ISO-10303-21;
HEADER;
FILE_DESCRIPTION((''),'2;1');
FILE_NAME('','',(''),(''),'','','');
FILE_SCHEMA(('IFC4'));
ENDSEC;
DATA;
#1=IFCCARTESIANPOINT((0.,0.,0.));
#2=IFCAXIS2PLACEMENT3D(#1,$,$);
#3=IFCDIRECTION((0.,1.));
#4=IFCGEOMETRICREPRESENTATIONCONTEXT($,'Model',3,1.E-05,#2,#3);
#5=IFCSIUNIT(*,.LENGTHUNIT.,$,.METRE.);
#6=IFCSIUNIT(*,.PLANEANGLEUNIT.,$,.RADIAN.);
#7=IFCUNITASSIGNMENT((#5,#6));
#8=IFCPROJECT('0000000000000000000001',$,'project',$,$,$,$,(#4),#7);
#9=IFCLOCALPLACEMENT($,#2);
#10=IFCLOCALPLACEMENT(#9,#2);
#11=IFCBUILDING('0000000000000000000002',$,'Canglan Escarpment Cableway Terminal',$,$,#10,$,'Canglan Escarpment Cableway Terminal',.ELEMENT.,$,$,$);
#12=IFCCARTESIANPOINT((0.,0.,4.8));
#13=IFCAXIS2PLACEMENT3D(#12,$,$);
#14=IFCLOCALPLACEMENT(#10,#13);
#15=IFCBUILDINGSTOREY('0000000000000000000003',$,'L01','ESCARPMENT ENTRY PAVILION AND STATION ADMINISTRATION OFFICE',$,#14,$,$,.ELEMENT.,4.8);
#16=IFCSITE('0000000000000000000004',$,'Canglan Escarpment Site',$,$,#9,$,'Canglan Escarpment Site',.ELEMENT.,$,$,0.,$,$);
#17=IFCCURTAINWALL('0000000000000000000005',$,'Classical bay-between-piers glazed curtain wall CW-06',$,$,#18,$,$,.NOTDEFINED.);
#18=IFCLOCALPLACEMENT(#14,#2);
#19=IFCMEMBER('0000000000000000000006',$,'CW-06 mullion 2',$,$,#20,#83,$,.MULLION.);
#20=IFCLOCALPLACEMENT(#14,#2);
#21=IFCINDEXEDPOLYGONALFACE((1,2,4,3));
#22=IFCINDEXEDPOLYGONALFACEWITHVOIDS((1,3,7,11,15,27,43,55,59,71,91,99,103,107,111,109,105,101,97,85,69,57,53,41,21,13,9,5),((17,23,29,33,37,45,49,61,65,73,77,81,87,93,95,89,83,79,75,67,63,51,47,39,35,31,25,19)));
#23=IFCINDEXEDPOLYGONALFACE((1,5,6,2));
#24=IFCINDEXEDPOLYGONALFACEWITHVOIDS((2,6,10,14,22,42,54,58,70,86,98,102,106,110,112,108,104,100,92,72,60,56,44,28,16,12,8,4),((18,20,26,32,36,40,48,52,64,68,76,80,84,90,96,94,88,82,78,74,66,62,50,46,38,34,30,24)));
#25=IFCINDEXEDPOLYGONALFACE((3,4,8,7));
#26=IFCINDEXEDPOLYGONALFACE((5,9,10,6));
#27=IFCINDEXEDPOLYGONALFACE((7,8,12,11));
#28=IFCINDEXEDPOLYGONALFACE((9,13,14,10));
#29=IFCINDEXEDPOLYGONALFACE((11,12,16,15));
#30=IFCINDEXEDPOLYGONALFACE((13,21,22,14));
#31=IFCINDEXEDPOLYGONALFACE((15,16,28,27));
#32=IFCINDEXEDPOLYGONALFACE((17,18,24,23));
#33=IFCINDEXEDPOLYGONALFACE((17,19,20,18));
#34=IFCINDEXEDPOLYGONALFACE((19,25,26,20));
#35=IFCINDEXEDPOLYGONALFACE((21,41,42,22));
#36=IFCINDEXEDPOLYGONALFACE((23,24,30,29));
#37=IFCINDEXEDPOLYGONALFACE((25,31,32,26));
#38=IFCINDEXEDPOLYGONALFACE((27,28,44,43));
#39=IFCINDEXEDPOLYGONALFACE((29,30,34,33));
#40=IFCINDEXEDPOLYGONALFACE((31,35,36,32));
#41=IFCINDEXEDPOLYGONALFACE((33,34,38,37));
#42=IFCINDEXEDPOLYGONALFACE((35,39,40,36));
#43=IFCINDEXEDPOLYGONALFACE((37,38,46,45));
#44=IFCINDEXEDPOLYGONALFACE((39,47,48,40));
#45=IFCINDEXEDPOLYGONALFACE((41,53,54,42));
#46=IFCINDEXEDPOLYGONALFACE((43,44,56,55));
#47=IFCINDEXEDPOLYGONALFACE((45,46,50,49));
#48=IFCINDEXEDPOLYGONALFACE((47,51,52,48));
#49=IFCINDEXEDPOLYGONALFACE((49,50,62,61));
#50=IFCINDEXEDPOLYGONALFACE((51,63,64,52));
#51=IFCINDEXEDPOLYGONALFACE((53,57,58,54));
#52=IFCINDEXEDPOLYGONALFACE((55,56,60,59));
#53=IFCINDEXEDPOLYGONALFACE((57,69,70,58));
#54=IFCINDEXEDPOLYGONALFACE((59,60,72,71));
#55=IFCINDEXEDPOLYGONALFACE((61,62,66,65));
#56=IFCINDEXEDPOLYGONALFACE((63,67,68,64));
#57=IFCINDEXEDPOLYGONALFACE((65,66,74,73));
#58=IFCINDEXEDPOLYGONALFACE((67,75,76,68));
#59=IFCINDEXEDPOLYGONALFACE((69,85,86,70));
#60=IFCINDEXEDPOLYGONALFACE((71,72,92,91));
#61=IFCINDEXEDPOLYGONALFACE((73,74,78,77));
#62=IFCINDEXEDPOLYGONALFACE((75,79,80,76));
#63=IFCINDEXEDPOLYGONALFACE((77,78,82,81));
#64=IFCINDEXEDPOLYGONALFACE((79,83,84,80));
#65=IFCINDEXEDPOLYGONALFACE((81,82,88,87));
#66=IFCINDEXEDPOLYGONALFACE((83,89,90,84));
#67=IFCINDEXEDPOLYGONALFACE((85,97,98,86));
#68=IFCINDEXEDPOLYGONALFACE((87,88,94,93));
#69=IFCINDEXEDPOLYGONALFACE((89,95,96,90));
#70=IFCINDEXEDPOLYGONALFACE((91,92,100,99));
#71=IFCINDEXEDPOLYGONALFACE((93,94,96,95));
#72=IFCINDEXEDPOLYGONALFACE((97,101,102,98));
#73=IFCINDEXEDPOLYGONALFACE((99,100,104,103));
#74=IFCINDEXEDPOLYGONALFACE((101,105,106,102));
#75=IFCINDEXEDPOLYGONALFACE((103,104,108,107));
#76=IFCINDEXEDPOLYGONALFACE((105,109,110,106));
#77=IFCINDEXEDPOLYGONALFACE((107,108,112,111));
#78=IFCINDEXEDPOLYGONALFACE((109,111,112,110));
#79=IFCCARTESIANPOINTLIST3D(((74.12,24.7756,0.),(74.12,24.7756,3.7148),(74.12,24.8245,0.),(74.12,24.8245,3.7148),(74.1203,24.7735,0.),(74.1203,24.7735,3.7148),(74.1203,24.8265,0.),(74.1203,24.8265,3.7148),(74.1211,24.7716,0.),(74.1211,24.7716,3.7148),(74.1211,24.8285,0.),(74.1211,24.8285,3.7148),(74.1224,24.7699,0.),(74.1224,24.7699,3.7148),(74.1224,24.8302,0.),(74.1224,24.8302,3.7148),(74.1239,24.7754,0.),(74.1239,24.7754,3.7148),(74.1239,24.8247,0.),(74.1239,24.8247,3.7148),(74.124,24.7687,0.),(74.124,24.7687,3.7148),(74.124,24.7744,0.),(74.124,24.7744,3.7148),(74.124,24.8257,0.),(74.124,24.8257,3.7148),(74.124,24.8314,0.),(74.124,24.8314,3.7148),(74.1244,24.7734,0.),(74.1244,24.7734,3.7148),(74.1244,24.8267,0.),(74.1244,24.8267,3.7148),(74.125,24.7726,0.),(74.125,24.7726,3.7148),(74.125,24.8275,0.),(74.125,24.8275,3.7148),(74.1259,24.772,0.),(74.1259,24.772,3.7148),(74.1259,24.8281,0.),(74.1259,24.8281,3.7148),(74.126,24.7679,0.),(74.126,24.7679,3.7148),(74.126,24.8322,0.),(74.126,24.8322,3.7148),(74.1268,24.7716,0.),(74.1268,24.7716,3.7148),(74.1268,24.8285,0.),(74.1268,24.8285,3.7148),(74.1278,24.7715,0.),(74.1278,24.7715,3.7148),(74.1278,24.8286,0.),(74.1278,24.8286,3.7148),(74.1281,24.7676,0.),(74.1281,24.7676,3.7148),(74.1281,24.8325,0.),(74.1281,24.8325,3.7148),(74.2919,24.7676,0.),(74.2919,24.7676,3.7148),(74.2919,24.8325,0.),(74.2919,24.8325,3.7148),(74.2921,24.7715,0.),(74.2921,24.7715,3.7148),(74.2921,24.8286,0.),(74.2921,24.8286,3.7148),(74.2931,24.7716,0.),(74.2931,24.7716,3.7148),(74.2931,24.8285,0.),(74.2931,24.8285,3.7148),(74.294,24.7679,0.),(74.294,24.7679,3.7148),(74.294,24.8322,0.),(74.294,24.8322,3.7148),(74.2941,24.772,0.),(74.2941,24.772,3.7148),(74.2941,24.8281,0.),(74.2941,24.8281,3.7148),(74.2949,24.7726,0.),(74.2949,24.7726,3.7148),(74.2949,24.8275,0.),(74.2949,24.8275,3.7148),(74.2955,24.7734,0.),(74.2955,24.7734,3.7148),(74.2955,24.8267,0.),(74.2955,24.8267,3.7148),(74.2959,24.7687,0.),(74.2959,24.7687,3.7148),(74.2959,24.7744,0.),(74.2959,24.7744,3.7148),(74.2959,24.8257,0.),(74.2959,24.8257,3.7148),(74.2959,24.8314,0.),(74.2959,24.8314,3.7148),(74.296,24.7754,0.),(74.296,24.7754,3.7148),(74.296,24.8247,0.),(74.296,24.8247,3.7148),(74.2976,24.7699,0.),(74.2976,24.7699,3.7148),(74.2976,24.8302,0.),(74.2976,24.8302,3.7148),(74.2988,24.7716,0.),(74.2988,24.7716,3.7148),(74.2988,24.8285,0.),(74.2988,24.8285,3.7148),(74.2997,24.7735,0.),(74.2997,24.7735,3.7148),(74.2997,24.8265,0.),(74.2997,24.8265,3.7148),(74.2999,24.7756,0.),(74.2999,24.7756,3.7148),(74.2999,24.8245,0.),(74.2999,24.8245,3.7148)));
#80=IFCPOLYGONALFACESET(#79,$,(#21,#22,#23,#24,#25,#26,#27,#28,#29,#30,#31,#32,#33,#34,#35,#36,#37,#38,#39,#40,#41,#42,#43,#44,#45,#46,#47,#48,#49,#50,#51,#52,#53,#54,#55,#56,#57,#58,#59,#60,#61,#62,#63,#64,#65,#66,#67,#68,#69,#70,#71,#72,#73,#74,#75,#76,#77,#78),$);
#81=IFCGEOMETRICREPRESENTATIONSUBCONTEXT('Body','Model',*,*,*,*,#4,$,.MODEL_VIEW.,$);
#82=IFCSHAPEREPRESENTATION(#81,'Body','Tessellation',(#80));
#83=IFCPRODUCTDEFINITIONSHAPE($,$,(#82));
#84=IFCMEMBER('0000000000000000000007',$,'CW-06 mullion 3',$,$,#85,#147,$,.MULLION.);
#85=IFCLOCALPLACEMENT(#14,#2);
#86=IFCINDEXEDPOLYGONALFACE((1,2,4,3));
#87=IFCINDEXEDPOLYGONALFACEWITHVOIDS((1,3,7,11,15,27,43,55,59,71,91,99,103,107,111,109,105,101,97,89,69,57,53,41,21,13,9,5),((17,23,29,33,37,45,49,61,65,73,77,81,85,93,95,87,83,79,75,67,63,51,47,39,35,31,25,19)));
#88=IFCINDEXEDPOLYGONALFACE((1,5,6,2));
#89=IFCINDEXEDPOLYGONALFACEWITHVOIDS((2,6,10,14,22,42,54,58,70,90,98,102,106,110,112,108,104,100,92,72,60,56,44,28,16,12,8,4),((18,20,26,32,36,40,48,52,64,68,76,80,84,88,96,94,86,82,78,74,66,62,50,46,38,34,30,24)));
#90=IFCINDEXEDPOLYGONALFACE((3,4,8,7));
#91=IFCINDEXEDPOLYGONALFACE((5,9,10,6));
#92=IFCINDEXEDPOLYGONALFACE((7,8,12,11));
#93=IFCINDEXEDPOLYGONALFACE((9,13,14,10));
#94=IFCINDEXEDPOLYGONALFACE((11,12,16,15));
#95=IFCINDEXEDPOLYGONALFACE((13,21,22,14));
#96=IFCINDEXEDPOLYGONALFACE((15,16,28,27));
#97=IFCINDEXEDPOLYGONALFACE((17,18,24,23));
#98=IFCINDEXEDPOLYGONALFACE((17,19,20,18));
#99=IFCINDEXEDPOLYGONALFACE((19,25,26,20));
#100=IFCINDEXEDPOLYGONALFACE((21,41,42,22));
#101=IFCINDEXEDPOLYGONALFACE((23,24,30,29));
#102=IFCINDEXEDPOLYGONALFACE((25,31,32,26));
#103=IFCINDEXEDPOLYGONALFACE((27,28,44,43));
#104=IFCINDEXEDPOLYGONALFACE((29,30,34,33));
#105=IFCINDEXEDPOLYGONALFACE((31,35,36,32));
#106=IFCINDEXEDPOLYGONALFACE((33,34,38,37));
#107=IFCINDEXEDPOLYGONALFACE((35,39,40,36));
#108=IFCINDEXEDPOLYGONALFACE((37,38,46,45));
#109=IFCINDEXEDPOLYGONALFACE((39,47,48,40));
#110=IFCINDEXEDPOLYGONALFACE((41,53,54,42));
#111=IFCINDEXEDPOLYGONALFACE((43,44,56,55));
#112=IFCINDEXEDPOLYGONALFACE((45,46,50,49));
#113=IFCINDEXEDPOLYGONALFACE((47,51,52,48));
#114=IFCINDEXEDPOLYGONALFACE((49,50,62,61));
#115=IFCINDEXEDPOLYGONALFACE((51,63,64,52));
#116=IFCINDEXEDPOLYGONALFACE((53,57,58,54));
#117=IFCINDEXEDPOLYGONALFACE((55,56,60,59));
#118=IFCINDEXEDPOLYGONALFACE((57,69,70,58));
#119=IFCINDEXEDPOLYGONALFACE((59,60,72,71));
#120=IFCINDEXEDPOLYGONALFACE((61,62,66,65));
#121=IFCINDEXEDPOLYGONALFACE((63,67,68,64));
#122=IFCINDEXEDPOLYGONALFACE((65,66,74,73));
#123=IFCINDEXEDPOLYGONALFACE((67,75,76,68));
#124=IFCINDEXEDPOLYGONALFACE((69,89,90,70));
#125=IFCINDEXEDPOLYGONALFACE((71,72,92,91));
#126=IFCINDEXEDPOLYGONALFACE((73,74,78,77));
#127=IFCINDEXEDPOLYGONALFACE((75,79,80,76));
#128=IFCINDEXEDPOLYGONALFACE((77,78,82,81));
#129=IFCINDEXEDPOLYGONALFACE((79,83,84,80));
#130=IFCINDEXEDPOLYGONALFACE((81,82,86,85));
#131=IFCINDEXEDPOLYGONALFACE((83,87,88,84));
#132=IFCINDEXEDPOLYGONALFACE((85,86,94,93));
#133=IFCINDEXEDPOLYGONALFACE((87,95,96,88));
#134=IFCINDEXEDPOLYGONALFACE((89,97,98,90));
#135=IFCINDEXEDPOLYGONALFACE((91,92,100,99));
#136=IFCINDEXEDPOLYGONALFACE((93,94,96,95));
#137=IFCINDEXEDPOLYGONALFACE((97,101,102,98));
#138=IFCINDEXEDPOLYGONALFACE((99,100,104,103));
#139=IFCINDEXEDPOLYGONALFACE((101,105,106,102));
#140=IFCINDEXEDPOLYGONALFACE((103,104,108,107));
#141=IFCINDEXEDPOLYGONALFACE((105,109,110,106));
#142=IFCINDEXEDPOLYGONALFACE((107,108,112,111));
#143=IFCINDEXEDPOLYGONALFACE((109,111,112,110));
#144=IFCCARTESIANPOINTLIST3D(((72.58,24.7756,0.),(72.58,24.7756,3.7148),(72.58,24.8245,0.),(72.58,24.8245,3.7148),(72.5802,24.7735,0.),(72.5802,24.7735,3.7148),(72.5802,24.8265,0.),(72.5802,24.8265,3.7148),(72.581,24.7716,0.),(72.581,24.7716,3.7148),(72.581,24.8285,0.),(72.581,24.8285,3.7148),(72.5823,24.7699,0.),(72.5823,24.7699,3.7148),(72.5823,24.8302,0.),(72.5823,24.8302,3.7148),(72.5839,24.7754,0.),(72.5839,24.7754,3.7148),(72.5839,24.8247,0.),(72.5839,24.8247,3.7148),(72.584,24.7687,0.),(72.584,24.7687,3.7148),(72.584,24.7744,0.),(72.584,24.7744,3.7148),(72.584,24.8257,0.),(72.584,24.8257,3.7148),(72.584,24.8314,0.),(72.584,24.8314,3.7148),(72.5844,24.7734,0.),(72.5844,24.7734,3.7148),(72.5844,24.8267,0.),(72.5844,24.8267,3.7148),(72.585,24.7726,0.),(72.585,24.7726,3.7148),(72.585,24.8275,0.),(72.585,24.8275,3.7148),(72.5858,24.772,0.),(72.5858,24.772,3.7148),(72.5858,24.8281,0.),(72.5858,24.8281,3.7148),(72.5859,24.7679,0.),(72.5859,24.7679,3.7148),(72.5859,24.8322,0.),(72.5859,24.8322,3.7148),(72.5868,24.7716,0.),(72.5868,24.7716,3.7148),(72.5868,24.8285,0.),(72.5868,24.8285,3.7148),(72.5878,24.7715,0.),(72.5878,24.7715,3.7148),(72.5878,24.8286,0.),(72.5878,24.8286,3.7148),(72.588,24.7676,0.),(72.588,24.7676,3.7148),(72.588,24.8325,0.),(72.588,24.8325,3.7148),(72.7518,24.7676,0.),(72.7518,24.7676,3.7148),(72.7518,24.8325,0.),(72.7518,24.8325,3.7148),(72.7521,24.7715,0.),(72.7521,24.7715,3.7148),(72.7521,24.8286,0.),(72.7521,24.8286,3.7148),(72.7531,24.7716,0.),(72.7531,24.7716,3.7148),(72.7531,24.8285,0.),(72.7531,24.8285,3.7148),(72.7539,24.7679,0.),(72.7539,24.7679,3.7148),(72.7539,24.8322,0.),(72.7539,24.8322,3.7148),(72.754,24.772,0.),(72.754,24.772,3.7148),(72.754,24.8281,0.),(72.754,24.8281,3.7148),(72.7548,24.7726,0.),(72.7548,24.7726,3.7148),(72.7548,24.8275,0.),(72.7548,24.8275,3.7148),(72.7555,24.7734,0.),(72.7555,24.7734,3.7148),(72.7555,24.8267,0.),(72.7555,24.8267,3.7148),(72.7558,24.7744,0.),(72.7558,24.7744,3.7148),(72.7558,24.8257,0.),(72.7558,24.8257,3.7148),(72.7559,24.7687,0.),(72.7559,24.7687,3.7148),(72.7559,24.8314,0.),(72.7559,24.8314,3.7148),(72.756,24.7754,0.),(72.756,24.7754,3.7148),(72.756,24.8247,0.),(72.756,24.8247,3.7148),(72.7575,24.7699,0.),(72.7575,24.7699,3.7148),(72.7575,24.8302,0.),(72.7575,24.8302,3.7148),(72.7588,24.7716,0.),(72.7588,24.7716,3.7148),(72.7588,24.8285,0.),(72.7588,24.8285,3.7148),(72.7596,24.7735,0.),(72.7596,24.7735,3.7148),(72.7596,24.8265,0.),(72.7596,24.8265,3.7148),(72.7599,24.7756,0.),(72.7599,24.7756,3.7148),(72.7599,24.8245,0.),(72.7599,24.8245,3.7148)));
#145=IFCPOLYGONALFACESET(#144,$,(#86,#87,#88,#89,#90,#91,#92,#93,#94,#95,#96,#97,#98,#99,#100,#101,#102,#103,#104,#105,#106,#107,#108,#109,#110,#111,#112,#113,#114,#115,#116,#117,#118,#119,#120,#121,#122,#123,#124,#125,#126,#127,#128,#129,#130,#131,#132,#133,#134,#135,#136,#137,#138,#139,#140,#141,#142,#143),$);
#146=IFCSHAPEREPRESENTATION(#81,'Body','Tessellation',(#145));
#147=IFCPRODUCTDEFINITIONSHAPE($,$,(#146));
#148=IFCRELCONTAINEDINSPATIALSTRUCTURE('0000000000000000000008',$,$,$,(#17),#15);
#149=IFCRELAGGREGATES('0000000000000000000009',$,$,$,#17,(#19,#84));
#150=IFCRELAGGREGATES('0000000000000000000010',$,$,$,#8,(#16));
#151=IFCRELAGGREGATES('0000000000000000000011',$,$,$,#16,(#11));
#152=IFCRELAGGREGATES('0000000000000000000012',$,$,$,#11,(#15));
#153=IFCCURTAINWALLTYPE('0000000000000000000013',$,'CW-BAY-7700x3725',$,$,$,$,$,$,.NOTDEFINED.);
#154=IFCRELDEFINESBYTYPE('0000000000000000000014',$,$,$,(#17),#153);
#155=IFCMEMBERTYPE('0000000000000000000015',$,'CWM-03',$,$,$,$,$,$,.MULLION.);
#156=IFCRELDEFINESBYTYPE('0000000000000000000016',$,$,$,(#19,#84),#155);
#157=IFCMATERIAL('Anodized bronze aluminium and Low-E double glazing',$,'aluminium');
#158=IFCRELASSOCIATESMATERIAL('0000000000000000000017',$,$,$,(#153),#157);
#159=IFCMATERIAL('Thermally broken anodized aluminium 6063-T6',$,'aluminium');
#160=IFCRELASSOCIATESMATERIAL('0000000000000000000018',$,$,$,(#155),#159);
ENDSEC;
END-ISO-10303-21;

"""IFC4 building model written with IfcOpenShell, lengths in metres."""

from ifc_helpers import new_model, si_unit, direction, frame, origin, origin_2d, place, context, subcontext, project, spatial, hollow_rectangle, extrude, material, material_profile, profile_set, type_object, element, aggregate, save


model = new_model("IFC4")

# Units and contexts
model_context = context("Model", 3, precision=1e-05, world=origin(), true_north=direction((0.0, 1.0)))
body_context = subcontext(model_context, "Body", "Model", "MODEL_VIEW")
ifc_project = project(units=[si_unit("LENGTHUNIT", "METRE"), si_unit("PLANEANGLEUNIT", "RADIAN")], contexts=[model_context])

# Site, building, storey
site_placement = place(None, origin())
site = spatial("IfcSite", under=ifc_project, at=site_placement, Name="Canglan Escarpment Site", LongName="Canglan Escarpment Site", CompositionType="ELEMENT", RefElevation=0.0)
building_placement = place(site_placement, origin())
building = spatial("IfcBuilding", under=site, at=building_placement, Name="Canglan Escarpment Cableway Terminal", LongName="Canglan Escarpment Cableway Terminal", CompositionType="ELEMENT")
storey_placement = place(building_placement, frame((0.0, 0.0, 4.8)))
storey = spatial("IfcBuildingStorey", under=building, at=storey_placement, Name="L01", Description="ESCARPMENT ENTRY PAVILION AND STATION ADMINISTRATION OFFICE", CompositionType="ELEMENT", Elevation=4.8)

# Curtain wall, members
ifc_material_1 = material(Name="Anodized bronze aluminium and Low-E double glazing", Category="aluminium")
curtain_wall_type = type_object("IfcCurtainWallType", Name="CW-BAY-7700x3725", PredefinedType="NOTDEFINED", material=ifc_material_1)
curtain_wall_placement = place(storey_placement, origin())
curtain_wall = element("IfcCurtainWall", 1, at=curtain_wall_placement, inside=storey, type_object=curtain_wall_type, Name="Classical bay-between-piers glazed curtain wall CW-06", PredefinedType="NOTDEFINED")
ifc_material_2 = material(Name="Thermally broken anodized aluminium 6063-T6", Category="aluminium")
ifc_material_profile_1 = material_profile(ifc_material_2, hollow_rectangle(XDim=0.0649, YDim=0.1799, WallThickness=0.0039, InnerFilletRadius=0.0039, OuterFilletRadius=0.0081, at=origin_2d()), Name="ALU-MULL 65x180x4")
ifc_profile_set_1 = profile_set([ifc_material_profile_1], Name="Thermally broken anodized aluminium 6063-T6")
member_type_1 = type_object("IfcMemberType", Name="CWM-03", PredefinedType="MULLION", material=ifc_profile_set_1)
member_1_placement = place(storey_placement, frame((74.21, 24.8, 0.0), z_axis=(0.0, 0.0, 1.0), x_axis=(0.0, -1.0, 0.0)))
member_1 = element("IfcMember", 2, at=member_1_placement, type_object=member_type_1, Name="CW-06 mullion 2", PredefinedType="MULLION", context=body_context, shape_type="SweptSolid", body=[
    extrude(hollow_rectangle(XDim=0.0649, YDim=0.1799, WallThickness=0.0039, InnerFilletRadius=0.0039, OuterFilletRadius=0.0081, at=origin_2d()), origin(), (0.0, 0.0, 1.0), 3.7148),
])
member_2_placement = place(storey_placement, frame((72.6699, 24.8, 0.0), z_axis=(0.0, 0.0, 1.0), x_axis=(0.0, -1.0, 0.0)))
member_2 = element("IfcMember", 3, at=member_2_placement, type_object=member_type_1, Name="CW-06 mullion 3", PredefinedType="MULLION", context=body_context, shape_type="SweptSolid", body=[
    extrude(hollow_rectangle(XDim=0.0649, YDim=0.1799, WallThickness=0.0039, InnerFilletRadius=0.0039, OuterFilletRadius=0.0081, at=origin_2d()), origin(), (0.0, 0.0, 1.0), 3.7148),
])
aggregate(curtain_wall, [member_1, member_2])

save(model, "model.ifc")
